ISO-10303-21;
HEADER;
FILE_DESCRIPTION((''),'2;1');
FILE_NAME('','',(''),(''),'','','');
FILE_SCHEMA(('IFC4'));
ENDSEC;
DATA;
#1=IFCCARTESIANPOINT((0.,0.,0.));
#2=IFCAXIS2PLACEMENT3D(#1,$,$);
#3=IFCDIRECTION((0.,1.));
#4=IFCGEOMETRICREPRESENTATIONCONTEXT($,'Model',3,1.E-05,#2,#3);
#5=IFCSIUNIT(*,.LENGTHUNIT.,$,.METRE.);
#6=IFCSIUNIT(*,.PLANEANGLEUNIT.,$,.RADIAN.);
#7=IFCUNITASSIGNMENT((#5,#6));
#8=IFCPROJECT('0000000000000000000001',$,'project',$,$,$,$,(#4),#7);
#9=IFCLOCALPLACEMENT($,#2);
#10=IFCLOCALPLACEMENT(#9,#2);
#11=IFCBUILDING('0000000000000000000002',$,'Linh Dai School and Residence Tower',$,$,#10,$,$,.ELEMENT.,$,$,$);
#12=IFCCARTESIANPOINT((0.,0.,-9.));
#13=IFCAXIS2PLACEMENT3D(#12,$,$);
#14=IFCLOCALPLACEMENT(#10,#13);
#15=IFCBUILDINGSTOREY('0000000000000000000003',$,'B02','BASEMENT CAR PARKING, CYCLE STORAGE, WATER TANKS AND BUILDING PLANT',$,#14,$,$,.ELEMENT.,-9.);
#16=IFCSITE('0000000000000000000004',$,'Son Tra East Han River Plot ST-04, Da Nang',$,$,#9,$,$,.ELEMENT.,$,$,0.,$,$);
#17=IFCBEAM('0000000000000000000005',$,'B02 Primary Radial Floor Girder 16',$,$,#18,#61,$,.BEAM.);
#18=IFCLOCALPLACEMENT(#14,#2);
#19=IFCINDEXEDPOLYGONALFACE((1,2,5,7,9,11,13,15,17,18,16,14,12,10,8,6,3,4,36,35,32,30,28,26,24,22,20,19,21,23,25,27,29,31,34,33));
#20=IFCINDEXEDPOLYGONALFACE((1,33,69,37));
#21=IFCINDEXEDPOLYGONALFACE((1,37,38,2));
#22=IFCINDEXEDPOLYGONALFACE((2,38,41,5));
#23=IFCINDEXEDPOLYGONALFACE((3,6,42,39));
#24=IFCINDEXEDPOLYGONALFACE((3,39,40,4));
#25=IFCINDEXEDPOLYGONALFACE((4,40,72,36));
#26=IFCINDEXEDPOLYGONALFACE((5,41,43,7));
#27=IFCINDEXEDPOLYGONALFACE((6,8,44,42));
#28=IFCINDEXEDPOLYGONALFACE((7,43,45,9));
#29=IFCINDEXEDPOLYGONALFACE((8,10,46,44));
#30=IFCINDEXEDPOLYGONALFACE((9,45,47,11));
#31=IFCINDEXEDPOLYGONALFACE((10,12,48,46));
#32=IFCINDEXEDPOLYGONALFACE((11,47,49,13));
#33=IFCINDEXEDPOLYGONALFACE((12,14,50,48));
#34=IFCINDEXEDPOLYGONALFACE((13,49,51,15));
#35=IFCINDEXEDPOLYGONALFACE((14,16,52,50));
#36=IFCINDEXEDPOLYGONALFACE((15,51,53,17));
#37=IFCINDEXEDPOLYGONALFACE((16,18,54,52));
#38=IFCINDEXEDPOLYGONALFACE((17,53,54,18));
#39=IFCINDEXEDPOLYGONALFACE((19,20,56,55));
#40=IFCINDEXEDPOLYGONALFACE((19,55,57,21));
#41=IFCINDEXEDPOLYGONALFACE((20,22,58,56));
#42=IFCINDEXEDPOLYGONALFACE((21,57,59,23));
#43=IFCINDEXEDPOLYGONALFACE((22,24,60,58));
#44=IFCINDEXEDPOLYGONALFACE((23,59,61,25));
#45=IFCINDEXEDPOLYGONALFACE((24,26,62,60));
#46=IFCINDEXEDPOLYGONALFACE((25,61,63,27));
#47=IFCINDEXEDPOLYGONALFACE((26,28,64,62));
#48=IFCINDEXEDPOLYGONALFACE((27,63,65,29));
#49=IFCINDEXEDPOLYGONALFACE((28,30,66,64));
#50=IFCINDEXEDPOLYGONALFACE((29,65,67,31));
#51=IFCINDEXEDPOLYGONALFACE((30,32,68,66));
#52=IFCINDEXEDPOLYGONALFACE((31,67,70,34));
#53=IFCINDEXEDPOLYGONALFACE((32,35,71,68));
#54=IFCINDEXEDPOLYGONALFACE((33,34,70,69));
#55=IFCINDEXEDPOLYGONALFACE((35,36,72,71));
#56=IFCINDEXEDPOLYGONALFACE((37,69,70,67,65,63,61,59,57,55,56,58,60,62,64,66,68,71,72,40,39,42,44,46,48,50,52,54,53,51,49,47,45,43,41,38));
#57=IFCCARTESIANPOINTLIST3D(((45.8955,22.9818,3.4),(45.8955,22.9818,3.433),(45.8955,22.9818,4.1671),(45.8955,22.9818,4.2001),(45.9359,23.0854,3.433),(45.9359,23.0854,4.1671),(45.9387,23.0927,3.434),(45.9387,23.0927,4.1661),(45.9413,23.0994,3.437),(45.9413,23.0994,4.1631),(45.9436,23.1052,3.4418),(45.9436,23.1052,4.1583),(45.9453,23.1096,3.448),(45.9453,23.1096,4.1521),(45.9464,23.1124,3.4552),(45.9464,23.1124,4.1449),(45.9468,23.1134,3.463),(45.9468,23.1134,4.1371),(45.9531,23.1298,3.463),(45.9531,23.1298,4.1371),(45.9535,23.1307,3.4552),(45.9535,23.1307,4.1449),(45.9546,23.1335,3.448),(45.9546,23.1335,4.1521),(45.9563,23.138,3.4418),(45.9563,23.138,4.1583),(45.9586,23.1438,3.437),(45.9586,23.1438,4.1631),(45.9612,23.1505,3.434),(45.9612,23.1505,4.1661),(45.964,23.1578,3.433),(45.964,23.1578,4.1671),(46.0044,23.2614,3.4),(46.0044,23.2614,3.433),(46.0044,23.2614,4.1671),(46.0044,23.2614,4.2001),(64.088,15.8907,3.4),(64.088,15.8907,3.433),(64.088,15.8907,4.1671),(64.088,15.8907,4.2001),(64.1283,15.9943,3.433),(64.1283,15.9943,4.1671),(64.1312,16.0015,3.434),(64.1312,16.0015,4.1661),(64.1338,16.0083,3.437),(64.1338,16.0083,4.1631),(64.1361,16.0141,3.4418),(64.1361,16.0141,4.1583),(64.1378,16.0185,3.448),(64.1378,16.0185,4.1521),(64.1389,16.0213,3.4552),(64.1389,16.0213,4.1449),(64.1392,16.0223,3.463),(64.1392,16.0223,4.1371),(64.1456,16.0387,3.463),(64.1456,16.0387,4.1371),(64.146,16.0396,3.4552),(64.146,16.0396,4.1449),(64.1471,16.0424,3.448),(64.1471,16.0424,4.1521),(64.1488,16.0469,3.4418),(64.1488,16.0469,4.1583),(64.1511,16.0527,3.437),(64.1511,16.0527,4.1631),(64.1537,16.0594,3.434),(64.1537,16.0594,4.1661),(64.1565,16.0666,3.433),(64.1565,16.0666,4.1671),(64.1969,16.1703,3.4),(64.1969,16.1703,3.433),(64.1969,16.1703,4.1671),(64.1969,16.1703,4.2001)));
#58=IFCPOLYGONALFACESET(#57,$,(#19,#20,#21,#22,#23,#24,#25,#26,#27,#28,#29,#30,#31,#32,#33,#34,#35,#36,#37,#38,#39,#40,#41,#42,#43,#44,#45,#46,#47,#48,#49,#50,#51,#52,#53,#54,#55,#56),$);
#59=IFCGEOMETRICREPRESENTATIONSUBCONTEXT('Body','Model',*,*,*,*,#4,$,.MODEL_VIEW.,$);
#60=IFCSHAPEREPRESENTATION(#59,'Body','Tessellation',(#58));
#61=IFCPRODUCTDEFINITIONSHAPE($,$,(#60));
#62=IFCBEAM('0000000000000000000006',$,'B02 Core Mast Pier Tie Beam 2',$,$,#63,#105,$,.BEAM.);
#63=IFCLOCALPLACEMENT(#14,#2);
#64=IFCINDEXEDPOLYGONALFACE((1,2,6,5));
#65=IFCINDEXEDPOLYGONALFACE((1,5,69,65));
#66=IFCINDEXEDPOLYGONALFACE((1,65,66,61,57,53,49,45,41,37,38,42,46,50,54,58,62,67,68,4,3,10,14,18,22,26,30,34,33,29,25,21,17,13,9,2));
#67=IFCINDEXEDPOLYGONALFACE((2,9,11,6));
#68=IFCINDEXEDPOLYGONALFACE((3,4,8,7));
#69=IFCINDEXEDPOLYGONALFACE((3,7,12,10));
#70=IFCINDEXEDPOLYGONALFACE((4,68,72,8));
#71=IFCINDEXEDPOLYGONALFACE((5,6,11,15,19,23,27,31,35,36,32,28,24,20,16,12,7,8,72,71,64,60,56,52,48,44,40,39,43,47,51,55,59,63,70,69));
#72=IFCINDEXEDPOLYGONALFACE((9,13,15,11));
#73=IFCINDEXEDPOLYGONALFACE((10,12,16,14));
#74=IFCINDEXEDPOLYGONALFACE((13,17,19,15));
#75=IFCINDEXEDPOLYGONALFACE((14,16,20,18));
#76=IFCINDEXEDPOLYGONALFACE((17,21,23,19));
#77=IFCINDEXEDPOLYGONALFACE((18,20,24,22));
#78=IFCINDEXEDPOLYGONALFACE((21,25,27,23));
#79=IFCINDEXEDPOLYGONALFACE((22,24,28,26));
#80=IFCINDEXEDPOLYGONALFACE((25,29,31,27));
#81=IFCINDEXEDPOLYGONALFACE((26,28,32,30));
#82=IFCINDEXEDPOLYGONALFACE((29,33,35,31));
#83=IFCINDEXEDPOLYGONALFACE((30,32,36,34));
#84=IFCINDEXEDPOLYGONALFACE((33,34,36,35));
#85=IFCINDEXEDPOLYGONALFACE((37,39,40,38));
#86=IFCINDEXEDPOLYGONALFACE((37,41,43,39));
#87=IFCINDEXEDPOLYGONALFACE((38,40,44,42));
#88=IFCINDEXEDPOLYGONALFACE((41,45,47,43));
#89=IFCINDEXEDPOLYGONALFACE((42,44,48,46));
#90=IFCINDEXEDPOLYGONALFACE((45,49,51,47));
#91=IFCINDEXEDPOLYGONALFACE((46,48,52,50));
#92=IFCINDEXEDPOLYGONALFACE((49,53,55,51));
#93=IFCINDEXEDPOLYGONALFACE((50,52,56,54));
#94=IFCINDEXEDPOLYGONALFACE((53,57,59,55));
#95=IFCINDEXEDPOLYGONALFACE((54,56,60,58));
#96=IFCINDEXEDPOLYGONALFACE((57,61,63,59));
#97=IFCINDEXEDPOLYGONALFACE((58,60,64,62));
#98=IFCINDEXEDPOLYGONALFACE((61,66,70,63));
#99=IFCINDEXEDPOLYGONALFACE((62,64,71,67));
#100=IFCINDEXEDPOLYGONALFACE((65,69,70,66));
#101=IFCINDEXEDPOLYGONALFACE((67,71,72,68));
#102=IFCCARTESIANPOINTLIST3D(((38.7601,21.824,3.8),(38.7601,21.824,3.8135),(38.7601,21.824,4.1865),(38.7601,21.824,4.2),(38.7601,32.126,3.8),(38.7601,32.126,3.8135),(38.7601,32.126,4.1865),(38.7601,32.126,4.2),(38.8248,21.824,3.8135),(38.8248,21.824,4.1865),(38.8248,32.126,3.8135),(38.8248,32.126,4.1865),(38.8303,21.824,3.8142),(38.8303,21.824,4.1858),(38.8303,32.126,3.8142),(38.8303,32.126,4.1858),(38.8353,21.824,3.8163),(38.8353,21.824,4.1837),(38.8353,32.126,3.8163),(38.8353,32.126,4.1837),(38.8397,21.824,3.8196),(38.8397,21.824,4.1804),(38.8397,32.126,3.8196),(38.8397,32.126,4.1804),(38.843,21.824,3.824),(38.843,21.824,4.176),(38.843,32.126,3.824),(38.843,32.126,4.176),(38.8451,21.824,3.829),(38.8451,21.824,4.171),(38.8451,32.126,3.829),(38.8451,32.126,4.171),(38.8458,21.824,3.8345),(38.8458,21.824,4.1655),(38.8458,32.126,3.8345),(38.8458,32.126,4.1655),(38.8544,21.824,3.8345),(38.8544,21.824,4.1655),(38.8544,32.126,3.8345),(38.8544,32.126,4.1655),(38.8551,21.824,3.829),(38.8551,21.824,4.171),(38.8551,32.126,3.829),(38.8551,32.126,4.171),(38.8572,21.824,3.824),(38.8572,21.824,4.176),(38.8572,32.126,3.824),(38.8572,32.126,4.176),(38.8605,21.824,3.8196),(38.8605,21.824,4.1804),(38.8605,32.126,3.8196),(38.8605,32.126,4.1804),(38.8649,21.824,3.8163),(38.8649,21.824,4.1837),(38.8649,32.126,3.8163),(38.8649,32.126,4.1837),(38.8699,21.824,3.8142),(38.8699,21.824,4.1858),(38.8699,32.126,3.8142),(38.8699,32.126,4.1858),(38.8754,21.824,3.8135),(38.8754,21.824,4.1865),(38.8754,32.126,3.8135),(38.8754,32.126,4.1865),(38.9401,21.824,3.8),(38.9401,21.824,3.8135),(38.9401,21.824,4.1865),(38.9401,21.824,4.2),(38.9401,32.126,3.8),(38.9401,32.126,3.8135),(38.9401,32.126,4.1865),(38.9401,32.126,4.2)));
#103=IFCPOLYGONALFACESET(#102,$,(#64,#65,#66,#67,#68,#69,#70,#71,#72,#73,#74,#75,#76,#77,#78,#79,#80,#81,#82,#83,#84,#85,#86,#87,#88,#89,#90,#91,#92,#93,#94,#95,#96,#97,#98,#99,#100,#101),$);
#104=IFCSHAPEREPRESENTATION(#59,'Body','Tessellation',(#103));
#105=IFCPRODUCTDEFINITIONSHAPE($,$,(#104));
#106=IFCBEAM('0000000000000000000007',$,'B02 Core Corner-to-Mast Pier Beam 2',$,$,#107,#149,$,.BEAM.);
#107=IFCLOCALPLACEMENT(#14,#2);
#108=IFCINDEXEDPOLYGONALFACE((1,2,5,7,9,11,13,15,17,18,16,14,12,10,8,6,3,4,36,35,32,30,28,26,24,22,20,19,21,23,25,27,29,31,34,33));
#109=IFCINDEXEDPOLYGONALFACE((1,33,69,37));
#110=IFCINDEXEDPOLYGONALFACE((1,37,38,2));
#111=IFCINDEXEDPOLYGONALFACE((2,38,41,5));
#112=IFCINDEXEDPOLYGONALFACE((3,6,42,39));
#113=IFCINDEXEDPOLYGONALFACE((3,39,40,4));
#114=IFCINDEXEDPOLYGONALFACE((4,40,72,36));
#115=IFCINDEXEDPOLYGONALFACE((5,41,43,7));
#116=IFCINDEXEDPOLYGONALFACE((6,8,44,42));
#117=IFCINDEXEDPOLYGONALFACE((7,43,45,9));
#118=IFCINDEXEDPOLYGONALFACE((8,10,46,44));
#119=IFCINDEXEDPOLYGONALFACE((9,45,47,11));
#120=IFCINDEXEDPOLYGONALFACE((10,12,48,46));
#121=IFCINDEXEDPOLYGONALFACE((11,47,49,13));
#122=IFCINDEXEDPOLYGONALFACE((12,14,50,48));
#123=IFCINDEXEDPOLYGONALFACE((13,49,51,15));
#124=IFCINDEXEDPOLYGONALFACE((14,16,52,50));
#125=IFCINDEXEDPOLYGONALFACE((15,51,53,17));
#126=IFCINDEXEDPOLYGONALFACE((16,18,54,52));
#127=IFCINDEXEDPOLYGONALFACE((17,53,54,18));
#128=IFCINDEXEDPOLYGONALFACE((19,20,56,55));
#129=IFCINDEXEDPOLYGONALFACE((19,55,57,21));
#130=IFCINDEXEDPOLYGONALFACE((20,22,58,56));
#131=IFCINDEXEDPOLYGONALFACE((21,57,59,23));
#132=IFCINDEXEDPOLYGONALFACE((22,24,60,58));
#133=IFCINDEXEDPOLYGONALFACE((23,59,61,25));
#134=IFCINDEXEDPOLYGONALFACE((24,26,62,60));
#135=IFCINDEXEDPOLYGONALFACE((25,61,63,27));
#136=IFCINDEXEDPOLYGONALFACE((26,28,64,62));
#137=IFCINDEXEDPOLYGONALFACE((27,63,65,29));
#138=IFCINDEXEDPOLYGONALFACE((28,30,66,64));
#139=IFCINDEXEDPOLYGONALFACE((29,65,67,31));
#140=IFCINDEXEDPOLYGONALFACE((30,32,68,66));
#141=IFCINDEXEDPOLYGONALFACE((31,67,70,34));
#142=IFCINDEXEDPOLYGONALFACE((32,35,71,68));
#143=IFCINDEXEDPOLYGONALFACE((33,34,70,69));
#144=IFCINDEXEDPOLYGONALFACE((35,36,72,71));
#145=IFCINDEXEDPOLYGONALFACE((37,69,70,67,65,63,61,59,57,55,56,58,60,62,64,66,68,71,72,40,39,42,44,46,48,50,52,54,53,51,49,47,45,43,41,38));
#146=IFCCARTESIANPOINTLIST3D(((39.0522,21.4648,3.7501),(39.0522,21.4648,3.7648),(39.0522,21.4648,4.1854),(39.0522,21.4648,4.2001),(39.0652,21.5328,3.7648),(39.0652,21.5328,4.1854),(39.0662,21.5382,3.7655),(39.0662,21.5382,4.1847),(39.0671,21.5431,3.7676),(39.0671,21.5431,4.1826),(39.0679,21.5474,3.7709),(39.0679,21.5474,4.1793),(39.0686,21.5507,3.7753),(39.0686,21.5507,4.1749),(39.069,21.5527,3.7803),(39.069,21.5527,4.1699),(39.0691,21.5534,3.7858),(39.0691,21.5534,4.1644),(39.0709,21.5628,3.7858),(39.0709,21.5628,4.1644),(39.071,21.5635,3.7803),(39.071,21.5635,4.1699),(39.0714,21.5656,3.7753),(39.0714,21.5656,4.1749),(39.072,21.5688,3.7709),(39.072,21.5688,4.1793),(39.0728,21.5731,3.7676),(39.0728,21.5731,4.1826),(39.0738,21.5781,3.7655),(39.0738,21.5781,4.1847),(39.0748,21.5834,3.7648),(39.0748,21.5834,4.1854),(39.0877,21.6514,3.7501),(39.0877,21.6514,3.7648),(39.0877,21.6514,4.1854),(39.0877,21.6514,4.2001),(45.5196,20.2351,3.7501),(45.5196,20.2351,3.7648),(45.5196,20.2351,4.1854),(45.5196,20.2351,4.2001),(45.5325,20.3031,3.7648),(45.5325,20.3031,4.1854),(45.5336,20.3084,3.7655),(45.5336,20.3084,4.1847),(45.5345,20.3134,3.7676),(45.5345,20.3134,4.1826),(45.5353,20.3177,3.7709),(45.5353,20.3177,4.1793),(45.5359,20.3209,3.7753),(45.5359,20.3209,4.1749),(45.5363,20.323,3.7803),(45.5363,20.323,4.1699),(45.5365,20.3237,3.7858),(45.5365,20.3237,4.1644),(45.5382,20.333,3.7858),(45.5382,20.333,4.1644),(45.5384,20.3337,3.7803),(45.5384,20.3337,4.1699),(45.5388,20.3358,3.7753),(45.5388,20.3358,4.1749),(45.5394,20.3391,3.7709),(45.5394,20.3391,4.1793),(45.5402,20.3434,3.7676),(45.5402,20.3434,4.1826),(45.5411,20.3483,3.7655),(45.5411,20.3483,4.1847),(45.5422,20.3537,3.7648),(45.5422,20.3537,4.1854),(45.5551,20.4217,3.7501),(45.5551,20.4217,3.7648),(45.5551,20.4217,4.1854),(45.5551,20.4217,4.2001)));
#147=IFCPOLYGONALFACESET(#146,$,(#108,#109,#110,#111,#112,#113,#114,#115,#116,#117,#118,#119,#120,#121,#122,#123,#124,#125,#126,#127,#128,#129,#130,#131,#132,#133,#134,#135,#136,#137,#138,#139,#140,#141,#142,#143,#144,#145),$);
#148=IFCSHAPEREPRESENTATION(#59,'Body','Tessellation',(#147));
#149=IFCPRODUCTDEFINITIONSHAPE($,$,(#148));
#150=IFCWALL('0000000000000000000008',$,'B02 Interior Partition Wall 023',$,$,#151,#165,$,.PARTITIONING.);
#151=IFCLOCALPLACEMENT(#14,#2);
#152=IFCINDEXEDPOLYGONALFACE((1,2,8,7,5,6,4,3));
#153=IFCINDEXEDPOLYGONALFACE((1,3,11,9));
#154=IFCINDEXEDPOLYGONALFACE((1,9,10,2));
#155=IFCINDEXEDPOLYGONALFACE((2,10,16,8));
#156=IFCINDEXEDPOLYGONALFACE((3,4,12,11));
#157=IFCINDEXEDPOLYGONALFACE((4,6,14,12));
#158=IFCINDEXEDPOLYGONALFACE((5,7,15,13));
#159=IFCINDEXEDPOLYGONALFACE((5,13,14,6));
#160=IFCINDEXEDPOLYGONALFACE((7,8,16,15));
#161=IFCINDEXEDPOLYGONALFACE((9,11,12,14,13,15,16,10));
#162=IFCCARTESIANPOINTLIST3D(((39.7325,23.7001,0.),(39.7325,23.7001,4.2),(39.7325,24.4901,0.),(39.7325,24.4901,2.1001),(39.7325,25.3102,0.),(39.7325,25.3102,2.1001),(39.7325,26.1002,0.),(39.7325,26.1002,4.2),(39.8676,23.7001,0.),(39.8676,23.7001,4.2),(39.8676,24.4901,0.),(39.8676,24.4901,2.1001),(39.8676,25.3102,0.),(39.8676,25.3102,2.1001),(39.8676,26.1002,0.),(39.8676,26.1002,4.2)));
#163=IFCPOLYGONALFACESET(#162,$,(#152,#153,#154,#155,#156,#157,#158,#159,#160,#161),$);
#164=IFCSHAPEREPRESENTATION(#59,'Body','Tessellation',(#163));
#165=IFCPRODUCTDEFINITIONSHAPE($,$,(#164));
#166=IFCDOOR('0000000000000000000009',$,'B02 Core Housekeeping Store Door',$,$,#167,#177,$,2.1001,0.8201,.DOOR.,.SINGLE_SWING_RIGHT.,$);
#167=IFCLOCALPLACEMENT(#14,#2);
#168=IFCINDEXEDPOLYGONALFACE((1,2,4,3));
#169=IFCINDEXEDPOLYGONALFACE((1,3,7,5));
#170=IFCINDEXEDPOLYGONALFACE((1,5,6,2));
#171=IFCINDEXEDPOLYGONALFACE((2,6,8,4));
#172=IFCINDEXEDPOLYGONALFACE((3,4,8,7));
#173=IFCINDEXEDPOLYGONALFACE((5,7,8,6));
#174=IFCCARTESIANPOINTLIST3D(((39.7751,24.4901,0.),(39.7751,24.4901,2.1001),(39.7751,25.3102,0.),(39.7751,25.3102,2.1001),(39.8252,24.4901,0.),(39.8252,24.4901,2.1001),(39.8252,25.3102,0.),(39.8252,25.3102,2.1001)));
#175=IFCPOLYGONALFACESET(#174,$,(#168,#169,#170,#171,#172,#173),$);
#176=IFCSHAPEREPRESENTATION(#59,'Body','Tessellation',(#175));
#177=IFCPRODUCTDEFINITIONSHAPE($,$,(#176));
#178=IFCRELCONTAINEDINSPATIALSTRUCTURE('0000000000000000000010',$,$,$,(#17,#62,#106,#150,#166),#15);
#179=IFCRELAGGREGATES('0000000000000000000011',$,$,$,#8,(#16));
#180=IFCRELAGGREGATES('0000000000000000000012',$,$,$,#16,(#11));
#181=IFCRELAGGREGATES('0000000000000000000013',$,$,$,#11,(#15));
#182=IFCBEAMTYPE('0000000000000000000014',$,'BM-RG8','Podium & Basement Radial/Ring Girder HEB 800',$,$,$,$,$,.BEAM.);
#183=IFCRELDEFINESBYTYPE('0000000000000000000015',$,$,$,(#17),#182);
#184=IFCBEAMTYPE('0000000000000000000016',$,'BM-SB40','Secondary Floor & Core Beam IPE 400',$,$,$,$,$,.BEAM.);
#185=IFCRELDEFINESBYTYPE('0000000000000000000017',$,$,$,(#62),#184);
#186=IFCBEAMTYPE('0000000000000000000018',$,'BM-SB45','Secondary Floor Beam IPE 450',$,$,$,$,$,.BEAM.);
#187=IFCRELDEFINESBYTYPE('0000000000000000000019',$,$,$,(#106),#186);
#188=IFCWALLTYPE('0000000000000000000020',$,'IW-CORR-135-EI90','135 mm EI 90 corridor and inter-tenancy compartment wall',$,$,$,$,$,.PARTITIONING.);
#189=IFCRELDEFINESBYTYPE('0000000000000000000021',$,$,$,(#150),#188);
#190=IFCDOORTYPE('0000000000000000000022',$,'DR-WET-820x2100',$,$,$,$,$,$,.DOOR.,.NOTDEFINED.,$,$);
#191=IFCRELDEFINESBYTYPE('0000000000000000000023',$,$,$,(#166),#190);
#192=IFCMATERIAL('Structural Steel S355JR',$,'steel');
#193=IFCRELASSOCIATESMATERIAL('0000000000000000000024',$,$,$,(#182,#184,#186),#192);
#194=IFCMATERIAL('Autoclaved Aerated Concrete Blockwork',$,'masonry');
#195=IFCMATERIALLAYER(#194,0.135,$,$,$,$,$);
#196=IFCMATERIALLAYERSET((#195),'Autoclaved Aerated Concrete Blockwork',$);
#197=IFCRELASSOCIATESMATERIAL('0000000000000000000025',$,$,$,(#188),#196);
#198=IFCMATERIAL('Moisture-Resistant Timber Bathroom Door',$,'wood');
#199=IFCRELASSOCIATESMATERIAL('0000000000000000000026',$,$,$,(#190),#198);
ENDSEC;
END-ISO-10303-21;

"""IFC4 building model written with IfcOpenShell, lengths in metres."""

from ifc_helpers import new_model, si_unit, direction, frame, frame_2d, origin, origin_2d, place, context, subcontext, project, spatial, rectangle, i_section, extrude, source, transform, mapped, material, layer, layer_set, material_profile, profile_set, type_object, element, fill, save


model = new_model("IFC4")

# Units and contexts
model_context = context("Model", 3, precision=1e-05, world=origin(), true_north=direction((0.0, 1.0)))
body_context = subcontext(model_context, "Body", "Model", "MODEL_VIEW")
ifc_project = project(units=[si_unit("LENGTHUNIT", "METRE"), si_unit("PLANEANGLEUNIT", "RADIAN")], contexts=[model_context])

# Site, building, storey
site_placement = place(None, origin())
site = spatial("IfcSite", under=ifc_project, at=site_placement, Name="Son Tra East Han River Plot ST-04, Da Nang", CompositionType="ELEMENT", RefElevation=0.0)
building_placement = place(site_placement, origin())
building = spatial("IfcBuilding", under=site, at=building_placement, Name="Linh Dai School and Residence Tower", CompositionType="ELEMENT")
storey_placement = place(building_placement, frame((0.0, 0.0, -9.0)))
storey = spatial("IfcBuildingStorey", under=building, at=storey_placement, Name="B02", Description="BASEMENT CAR PARKING, CYCLE STORAGE, WATER TANKS AND BUILDING PLANT", CompositionType="ELEMENT", Elevation=-9.0)

# Shared definitions
ifc_material_1 = material(Name="Structural Steel S355JR", Category="steel")

# Beams
ifc_material_profile_1 = material_profile(ifc_material_1, i_section(OverallWidth=0.3, OverallDepth=0.8, WebThickness=0.0176, FlangeThickness=0.033, FilletRadius=0.03, at=origin_2d()), Name="HEB 800")
ifc_profile_set_1 = profile_set([ifc_material_profile_1], Name="Structural Steel S355JR")
beam_type_1 = type_object("IfcBeamType", Name="BM-RG8", Description="Podium & Basement Radial/Ring Girder HEB 800", PredefinedType="BEAM", material=ifc_profile_set_1)
beam_1_placement = place(storey_placement, frame((45.95, 23.1216, 3.8), z_axis=(0.931723, -0.363169, 0.0), x_axis=(0.363169, 0.931723, 0.0)))
element("IfcBeam", 1, at=beam_1_placement, inside=storey, type_object=beam_type_1, Name="B02 Primary Radial Floor Girder 16", PredefinedType="BEAM", context=body_context, shape_type="SweptSolid", body=[
    extrude(i_section(OverallWidth=0.3, OverallDepth=0.8, WebThickness=0.0176, FlangeThickness=0.033, FilletRadius=0.03, at=origin_2d()), origin(), (0.0, 0.0, 1.0), 19.5256),
])
ifc_material_profile_2 = material_profile(ifc_material_1, i_section(OverallWidth=0.1799, OverallDepth=0.3999, WebThickness=0.0085, FlangeThickness=0.0134, FilletRadius=0.021, at=origin_2d()), Name="IPE 400")
ifc_profile_set_2 = profile_set([ifc_material_profile_2], Name="Structural Steel S355JR")
beam_type_2 = type_object("IfcBeamType", Name="BM-SB40", Description="Secondary Floor & Core Beam IPE 400", PredefinedType="BEAM", material=ifc_profile_set_2)
beam_2_placement = place(storey_placement, frame((38.8501, 21.824, 4.0), z_axis=(0.0, 1.0, 0.0), x_axis=(-1.0, 0.0, 0.0)))
element("IfcBeam", 2, at=beam_2_placement, inside=storey, type_object=beam_type_2, Name="B02 Core Mast Pier Tie Beam 2", PredefinedType="BEAM", context=body_context, shape_type="SweptSolid", body=[
    extrude(i_section(OverallWidth=0.1799, OverallDepth=0.3999, WebThickness=0.0085, FlangeThickness=0.0134, FilletRadius=0.021, at=origin_2d()), origin(), (0.0, 0.0, 1.0), 10.302),
])
ifc_material_profile_3 = material_profile(ifc_material_1, i_section(OverallWidth=0.1899, OverallDepth=0.45, WebThickness=0.0095, FlangeThickness=0.0146, FilletRadius=0.021, at=origin_2d()), Name="IPE 450")
ifc_profile_set_3 = profile_set([ifc_material_profile_3], Name="Structural Steel S355JR")
beam_type_3 = type_object("IfcBeamType", Name="BM-SB45", Description="Secondary Floor Beam IPE 450", PredefinedType="BEAM", material=ifc_profile_set_3)
beam_3_placement = place(storey_placement, frame((45.5374, 20.3284, 3.9751), z_axis=(-0.982398, 0.1868, 0.0), x_axis=(-0.1868, -0.982398, 0.0)))
element("IfcBeam", 3, at=beam_3_placement, inside=storey, type_object=beam_type_3, Name="B02 Core Corner-to-Mast Pier Beam 2", PredefinedType="BEAM", context=body_context, shape_type="SweptSolid", body=[
    extrude(i_section(OverallWidth=0.1899, OverallDepth=0.45, WebThickness=0.0095, FlangeThickness=0.0146, FilletRadius=0.021, at=origin_2d()), origin(), (0.0, 0.0, 1.0), 6.5833),
])

# Wall, opening, door
ifc_material_2 = material(Name="Autoclaved Aerated Concrete Blockwork", Category="masonry")
ifc_layer_1 = layer(ifc_material_2, 0.135)
ifc_layer_set_1 = layer_set([ifc_layer_1], Name="Autoclaved Aerated Concrete Blockwork")
wall_type_1 = type_object("IfcWallType", Name="IW-CORR-135-EI90", Description="135 mm EI 90 corridor and inter-tenancy compartment wall", PredefinedType="PARTITIONING", material=ifc_layer_set_1)
wall_1_placement = place(storey_placement, frame((39.8, 23.7, 0.0), z_axis=(0.0, 0.0, 1.0), x_axis=(0.0, 1.0, 0.0)))
wall_1 = element("IfcWall", 4, at=wall_1_placement, inside=storey, type_object=wall_type_1, Name="B02 Interior Partition Wall 023", PredefinedType="PARTITIONING", context=body_context, shape_type="SweptSolid", body=[
    extrude(rectangle(XDim=2.4001, YDim=0.135, at=frame_2d((1.2002, 0.0))), origin(), (0.0, 0.0, 1.0), 4.2),
])
opening_placement = place(wall_1_placement, frame((0.79, 0.0, 0.0)))
opening = element("IfcOpeningElement", 5, at=opening_placement, cuts=wall_1, PredefinedType="OPENING", context=body_context, shape_type="SweptSolid", body=[
    extrude(rectangle(XDim=0.8201, YDim=2.1001, at=origin_2d()), frame((0.4102, 0.0776, 1.05), z_axis=(0.0, -1.0, 0.0), x_axis=(1.0, 0.0, 0.0)), (0.0, 0.0, 1.0), 0.155),
])
ifc_material_3 = material(Name="Moisture-Resistant Timber Bathroom Door", Category="wood")
door_type = type_object("IfcDoorType", Name="DR-WET-820x2100", OperationType="NOTDEFINED", PredefinedType="DOOR", material=ifc_material_3)
shared_shape_1 = source(origin(), body_context, "Body", "SweptSolid", [
    extrude(rectangle(XDim=0.8201, YDim=2.1001, at=origin_2d()), frame((0.4102, 0.0249, 1.05), z_axis=(0.0, -1.0, 0.0), x_axis=(1.0, 0.0, 0.0)), (0.0, 0.0, 1.0), 0.05),
])
door_placement = place(opening_placement, origin())
door = element("IfcDoor", 6, at=door_placement, inside=storey, type_object=door_type, Name="B02 Core Housekeeping Store Door", OperationType="SINGLE_SWING_RIGHT", OverallHeight=2.1001, OverallWidth=0.8201, PredefinedType="DOOR", context=body_context, shape_type="MappedRepresentation", body=[
    mapped(shared_shape_1, transform((0.0, 0.0, 0.0), x_axis=(1.0, 0.0, 0.0), y_axis=(0.0, 1.0, 0.0), z_axis=(0.0, 0.0, 1.0), scale=1.0)),
])
fill(opening, door)

save(model, "model.ifc")
